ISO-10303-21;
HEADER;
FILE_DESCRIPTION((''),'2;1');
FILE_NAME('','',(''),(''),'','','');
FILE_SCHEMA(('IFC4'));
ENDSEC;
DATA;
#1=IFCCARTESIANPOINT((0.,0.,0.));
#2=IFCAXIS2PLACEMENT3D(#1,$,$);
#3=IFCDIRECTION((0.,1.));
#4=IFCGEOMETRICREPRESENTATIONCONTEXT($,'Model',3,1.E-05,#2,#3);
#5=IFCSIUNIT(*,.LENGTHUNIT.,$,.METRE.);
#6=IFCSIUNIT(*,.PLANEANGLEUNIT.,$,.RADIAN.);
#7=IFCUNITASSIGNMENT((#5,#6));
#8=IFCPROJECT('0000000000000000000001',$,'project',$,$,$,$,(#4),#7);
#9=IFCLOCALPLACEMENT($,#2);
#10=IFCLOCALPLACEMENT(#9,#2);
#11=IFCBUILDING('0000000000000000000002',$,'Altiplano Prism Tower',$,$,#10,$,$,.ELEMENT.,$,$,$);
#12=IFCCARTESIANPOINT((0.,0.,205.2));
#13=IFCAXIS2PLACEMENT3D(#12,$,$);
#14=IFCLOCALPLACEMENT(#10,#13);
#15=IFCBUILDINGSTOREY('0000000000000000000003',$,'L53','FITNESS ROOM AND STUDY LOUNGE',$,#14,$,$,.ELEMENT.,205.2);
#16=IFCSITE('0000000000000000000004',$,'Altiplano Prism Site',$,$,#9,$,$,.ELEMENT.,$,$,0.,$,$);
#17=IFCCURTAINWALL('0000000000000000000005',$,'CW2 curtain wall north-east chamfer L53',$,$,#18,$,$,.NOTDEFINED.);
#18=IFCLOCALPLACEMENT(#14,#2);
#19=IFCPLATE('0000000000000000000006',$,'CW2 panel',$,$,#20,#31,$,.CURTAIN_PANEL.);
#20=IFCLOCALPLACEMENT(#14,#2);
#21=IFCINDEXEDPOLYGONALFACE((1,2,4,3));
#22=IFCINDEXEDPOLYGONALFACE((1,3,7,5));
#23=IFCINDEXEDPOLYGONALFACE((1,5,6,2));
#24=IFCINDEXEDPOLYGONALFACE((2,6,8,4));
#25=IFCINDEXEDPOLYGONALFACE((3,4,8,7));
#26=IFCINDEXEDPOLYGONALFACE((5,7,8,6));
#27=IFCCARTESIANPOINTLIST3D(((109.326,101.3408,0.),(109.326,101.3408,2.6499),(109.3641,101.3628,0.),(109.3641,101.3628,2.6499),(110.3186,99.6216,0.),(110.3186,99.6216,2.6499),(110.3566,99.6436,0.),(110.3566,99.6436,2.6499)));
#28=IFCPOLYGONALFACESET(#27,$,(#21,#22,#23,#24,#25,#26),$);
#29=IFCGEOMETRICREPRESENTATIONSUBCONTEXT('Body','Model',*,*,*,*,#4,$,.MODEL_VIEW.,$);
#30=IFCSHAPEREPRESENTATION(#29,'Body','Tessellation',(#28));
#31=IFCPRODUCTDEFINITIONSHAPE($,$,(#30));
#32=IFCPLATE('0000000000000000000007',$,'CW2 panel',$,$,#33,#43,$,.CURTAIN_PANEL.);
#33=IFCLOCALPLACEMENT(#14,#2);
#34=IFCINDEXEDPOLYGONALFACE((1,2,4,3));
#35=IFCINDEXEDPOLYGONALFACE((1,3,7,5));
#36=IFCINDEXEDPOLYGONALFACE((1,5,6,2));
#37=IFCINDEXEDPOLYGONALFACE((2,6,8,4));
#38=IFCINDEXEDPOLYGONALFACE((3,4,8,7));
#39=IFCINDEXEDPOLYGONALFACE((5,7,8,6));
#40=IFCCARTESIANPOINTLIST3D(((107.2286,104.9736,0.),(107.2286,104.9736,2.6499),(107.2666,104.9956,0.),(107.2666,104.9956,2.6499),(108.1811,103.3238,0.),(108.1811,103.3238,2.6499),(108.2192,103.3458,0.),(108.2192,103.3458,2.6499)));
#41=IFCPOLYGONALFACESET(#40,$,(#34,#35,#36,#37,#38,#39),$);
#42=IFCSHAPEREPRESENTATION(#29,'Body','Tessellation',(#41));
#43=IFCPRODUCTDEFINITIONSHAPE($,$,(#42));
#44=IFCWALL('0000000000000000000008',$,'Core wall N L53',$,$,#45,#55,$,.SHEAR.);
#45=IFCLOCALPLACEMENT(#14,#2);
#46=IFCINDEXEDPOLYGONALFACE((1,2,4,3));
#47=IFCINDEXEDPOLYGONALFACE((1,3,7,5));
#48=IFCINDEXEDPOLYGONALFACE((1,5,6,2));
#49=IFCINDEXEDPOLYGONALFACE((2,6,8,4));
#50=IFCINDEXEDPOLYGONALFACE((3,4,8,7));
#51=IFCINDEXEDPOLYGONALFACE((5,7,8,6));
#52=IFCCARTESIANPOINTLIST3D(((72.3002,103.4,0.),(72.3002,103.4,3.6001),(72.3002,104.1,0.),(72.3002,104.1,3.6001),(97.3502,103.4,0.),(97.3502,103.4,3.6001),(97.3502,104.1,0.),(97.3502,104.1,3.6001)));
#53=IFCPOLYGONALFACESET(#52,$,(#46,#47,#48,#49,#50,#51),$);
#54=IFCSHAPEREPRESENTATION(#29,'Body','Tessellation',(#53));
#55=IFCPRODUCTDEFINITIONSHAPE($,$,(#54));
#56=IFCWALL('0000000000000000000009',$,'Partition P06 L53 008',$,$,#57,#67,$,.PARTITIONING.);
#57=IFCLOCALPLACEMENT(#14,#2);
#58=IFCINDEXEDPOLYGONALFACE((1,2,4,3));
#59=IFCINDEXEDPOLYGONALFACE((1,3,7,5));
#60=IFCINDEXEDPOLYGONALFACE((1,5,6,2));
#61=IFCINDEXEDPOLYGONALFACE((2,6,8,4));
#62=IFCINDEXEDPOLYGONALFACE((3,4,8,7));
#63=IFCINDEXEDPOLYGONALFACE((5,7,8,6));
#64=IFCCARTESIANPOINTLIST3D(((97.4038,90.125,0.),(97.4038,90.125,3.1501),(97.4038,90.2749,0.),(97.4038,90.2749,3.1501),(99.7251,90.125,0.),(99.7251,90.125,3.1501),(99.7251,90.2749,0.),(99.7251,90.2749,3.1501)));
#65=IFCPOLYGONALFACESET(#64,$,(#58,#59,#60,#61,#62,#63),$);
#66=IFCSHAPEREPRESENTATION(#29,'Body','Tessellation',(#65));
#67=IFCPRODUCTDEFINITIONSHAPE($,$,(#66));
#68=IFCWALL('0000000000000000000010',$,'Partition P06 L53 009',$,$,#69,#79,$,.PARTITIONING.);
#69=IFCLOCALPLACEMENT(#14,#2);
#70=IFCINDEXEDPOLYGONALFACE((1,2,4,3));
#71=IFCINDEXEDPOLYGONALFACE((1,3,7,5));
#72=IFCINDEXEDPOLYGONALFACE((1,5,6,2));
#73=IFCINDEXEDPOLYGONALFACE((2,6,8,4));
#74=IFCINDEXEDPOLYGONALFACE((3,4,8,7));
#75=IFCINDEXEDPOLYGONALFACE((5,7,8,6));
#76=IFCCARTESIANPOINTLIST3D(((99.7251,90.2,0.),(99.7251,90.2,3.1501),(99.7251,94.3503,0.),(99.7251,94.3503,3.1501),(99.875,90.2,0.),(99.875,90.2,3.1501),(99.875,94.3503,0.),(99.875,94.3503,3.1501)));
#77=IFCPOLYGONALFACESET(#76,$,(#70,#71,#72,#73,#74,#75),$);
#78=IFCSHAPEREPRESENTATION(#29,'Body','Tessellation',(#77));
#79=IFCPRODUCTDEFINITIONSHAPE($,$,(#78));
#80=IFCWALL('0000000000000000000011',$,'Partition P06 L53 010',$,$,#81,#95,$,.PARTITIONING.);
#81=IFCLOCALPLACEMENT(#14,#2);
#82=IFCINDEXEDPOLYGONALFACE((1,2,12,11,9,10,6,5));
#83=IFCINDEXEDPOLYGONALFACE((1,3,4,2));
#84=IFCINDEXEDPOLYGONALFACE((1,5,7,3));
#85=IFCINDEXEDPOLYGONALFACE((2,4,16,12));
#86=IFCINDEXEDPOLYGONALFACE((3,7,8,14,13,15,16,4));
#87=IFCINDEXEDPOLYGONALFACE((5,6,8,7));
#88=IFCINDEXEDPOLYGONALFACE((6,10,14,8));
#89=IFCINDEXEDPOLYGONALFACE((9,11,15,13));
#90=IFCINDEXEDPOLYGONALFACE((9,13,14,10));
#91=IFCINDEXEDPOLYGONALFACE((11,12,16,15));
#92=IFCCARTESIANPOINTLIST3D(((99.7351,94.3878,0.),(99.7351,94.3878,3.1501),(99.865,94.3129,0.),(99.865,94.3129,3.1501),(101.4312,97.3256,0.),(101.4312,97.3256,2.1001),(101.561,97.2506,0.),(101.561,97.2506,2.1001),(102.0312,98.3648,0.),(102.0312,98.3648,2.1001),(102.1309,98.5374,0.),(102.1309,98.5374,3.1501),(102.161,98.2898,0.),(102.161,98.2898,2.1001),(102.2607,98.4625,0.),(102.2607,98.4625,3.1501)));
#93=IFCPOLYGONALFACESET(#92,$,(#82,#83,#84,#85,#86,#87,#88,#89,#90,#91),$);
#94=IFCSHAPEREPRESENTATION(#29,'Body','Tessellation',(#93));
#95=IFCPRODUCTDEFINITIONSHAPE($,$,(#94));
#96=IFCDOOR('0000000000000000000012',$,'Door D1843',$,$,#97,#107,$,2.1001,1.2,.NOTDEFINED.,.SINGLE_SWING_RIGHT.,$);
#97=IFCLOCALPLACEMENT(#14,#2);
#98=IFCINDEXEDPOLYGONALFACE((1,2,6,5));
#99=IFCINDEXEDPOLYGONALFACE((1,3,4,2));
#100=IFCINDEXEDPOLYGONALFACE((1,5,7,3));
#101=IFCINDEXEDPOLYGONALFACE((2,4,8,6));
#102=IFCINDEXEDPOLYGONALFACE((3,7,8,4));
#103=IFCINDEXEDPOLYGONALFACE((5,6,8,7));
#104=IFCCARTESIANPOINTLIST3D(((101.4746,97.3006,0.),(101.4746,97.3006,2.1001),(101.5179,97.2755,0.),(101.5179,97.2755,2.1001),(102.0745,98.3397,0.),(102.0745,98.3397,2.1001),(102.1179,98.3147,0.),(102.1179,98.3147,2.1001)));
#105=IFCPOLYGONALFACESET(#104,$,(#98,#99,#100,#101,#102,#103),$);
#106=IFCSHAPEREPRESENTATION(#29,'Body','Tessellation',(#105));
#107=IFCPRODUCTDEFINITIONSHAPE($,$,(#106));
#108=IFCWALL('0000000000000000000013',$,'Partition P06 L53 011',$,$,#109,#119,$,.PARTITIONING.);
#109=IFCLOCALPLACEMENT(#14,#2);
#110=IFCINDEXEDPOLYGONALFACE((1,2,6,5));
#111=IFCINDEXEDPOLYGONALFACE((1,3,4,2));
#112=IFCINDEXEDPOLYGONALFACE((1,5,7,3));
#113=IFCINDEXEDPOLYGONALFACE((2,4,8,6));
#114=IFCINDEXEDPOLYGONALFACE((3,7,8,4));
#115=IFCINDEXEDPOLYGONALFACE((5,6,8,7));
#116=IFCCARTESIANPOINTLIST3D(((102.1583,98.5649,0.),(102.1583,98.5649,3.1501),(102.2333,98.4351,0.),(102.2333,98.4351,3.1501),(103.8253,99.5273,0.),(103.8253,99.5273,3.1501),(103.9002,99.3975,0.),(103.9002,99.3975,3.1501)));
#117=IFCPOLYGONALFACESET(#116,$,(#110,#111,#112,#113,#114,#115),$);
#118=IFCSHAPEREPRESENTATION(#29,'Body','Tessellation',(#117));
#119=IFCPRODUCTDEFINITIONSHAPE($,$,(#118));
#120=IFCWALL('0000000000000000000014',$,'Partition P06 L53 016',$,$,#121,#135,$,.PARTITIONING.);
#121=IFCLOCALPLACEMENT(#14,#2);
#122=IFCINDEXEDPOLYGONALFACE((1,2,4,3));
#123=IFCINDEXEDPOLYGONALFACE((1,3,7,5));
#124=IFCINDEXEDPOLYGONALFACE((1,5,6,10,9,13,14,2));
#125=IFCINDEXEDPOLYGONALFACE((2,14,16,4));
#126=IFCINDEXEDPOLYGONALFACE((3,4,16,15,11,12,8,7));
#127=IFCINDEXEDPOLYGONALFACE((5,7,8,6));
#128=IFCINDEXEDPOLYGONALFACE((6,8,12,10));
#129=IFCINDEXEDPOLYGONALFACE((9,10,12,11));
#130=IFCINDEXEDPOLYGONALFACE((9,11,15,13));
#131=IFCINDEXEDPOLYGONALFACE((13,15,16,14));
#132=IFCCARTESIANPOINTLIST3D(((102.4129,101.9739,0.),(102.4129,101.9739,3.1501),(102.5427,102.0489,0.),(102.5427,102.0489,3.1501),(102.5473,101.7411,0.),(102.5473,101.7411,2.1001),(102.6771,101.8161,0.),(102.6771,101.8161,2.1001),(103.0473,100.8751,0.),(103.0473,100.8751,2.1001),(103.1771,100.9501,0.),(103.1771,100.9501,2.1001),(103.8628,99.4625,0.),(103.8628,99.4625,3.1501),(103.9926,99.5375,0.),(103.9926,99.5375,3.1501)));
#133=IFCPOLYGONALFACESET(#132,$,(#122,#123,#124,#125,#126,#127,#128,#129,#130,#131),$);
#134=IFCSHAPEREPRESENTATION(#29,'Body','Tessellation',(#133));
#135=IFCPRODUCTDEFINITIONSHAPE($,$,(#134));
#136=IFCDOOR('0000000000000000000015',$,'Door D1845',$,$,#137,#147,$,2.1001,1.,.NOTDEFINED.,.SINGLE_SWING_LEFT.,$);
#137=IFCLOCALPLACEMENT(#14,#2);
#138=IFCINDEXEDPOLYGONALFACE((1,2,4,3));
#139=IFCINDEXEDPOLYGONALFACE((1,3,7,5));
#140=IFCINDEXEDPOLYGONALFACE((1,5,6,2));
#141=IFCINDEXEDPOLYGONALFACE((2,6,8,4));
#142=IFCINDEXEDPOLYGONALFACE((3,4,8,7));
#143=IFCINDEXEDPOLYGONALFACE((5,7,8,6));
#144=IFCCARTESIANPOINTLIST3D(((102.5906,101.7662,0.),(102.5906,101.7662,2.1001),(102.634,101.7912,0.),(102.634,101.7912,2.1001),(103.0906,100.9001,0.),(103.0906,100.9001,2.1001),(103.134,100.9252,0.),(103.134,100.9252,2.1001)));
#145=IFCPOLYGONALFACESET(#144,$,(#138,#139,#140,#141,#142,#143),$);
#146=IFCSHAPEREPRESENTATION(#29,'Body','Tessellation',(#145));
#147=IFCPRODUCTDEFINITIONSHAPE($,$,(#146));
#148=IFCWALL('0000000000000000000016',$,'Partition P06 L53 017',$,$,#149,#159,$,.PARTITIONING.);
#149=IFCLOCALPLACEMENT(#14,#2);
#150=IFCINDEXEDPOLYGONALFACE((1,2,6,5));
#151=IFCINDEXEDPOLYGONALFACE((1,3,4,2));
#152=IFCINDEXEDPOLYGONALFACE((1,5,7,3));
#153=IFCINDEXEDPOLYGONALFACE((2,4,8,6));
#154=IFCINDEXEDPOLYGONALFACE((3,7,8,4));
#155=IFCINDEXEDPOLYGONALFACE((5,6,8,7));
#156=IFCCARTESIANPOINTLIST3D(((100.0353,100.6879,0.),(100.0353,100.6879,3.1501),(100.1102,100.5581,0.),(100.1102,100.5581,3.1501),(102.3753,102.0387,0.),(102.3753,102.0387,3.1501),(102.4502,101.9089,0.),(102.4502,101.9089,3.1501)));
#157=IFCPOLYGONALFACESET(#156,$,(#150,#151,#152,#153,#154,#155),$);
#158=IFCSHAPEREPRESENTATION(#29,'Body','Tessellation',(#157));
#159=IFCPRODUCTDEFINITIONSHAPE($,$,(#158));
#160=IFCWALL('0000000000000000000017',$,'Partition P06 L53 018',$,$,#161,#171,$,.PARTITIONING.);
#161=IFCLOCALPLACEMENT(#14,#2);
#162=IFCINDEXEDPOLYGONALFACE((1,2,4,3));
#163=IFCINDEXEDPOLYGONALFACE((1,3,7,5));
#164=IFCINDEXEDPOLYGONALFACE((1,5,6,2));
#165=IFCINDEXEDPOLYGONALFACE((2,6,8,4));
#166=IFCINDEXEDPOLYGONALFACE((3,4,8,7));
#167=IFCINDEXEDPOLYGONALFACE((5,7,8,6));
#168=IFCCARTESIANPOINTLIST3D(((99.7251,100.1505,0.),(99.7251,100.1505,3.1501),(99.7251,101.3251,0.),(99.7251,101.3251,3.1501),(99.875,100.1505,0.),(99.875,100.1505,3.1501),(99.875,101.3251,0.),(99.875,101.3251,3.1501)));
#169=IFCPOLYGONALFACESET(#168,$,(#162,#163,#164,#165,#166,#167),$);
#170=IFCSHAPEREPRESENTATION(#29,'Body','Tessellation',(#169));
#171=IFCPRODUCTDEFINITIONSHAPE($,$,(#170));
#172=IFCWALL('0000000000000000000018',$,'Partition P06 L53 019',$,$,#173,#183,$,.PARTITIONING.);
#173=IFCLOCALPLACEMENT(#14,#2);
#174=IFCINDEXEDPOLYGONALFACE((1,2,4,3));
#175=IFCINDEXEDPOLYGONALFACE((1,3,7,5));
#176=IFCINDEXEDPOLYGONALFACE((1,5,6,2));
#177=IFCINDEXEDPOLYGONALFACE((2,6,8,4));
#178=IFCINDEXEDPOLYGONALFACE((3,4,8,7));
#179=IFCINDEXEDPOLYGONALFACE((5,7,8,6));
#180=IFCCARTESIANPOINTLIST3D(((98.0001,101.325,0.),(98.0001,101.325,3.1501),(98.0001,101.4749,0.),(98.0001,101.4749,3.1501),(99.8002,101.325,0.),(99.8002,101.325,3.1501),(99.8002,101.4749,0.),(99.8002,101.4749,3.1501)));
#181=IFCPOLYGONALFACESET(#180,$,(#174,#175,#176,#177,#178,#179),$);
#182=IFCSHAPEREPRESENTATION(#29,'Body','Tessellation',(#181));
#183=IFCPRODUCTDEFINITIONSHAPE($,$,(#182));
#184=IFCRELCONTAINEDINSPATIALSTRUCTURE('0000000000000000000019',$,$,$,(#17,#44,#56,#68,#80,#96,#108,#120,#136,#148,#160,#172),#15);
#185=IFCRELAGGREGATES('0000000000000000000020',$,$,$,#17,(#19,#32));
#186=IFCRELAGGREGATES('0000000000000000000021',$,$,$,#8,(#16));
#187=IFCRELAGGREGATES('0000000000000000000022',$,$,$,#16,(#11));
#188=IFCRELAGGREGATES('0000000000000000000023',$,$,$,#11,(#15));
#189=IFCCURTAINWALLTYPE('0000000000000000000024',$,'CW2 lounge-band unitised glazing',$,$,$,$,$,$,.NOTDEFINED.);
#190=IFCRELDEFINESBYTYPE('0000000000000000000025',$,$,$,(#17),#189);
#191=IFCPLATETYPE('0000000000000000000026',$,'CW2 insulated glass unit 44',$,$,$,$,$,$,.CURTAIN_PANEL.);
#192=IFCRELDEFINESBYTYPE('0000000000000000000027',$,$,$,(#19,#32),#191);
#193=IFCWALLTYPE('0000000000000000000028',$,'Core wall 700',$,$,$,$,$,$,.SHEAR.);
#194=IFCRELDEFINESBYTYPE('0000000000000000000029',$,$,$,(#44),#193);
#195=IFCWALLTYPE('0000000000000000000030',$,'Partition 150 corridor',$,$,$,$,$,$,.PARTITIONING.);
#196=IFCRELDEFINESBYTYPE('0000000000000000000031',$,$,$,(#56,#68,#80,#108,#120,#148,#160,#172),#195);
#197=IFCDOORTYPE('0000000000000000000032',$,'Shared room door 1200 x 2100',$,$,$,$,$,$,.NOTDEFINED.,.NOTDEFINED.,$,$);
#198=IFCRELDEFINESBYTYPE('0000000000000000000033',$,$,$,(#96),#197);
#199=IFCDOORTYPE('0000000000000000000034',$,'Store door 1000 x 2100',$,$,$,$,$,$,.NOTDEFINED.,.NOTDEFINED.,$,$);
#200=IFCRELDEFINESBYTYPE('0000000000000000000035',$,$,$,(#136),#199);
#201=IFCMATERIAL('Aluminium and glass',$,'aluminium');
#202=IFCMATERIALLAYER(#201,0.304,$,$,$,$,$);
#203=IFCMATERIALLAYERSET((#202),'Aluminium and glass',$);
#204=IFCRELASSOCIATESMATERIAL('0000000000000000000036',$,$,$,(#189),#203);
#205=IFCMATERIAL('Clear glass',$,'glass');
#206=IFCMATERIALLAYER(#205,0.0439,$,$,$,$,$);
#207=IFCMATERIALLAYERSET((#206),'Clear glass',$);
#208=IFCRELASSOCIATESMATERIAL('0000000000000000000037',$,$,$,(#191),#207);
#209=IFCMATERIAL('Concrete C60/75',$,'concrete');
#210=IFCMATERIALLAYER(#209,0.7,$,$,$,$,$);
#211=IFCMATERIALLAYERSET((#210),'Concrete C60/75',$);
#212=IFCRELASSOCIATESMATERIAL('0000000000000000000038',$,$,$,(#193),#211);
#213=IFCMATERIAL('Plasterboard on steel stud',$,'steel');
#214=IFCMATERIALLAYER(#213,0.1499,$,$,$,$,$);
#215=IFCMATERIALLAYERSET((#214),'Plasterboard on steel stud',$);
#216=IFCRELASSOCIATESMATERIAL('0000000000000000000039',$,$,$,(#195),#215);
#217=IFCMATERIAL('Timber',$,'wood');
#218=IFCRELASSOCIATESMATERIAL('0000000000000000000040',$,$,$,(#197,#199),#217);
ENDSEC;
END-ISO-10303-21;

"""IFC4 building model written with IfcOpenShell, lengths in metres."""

from ifc_helpers import new_model, si_unit, direction, frame, frame_2d, origin, origin_2d, place, context, subcontext, project, spatial, rectangle, extrude, material, layer, layer_set, type_object, element, fill, aggregate, save


model = new_model("IFC4")

# Units and contexts
model_context = context("Model", 3, precision=1e-05, world=origin(), true_north=direction((0.0, 1.0)))
body_context = subcontext(model_context, "Body", "Model", "MODEL_VIEW")
ifc_project = project(units=[si_unit("LENGTHUNIT", "METRE"), si_unit("PLANEANGLEUNIT", "RADIAN")], contexts=[model_context])

# Site, building, storey
site_placement = place(None, origin())
site = spatial("IfcSite", under=ifc_project, at=site_placement, Name="Altiplano Prism Site", CompositionType="ELEMENT", RefElevation=0.0)
building_placement = place(site_placement, origin())
building = spatial("IfcBuilding", under=site, at=building_placement, Name="Altiplano Prism Tower", CompositionType="ELEMENT")
storey_placement = place(building_placement, frame((0.0, 0.0, 205.2)))
storey = spatial("IfcBuildingStorey", under=building, at=storey_placement, Name="L53", Description="FITNESS ROOM AND STUDY LOUNGE", CompositionType="ELEMENT", Elevation=205.2)

# Shared definitions
ifc_material_1 = material(Name="Concrete C60/75", Category="concrete")

# Curtain wall
ifc_material_2 = material(Name="Aluminium and glass", Category="aluminium")
ifc_layer_1 = layer(ifc_material_2, 0.304)
ifc_layer_set_1 = layer_set([ifc_layer_1], Name="Aluminium and glass")
curtain_wall_type = type_object("IfcCurtainWallType", Name="CW2 lounge-band unitised glazing", PredefinedType="NOTDEFINED", material=ifc_layer_set_1)
curtain_wall_1_placement = place(storey_placement, origin())
curtain_wall_1 = element("IfcCurtainWall", 1, at=curtain_wall_1_placement, inside=storey, type_object=curtain_wall_type, Name="CW2 curtain wall north-east chamfer L53", PredefinedType="NOTDEFINED")

# Plates
ifc_material_3 = material(Name="Clear glass", Category="glass")
ifc_layer_2 = layer(ifc_material_3, 0.0439)
ifc_layer_set_2 = layer_set([ifc_layer_2], Name="Clear glass")
plate_type = type_object("IfcPlateType", Name="CW2 insulated glass unit 44", PredefinedType="CURTAIN_PANEL", material=ifc_layer_set_2)
plate_1_placement = place(storey_placement, frame((109.8413, 100.4922, 0.0), z_axis=(0.0, 0.0, 1.0), x_axis=(-0.5, 0.866025, 0.0)))
plate_1 = element("IfcPlate", 2, at=plate_1_placement, type_object=plate_type, Name="CW2 panel", PredefinedType="CURTAIN_PANEL", context=body_context, shape_type="SweptSolid", body=[
    extrude(rectangle(XDim=1.9851, YDim=0.0439, at=origin_2d()), origin(), (0.0, 0.0, 1.0), 2.6499),
])
plate_2_placement = place(storey_placement, frame((107.7239, 104.1597, 0.0), z_axis=(0.0, 0.0, 1.0), x_axis=(-0.5, 0.866025, 0.0)))
plate_2 = element("IfcPlate", 3, at=plate_2_placement, type_object=plate_type, Name="CW2 panel", PredefinedType="CURTAIN_PANEL", context=body_context, shape_type="SweptSolid", body=[
    extrude(rectangle(XDim=1.905, YDim=0.0439, at=origin_2d()), origin(), (0.0, 0.0, 1.0), 2.6499),
])
aggregate(curtain_wall_1, [plate_1, plate_2])

# Walls
ifc_layer_3 = layer(ifc_material_1, 0.7)
ifc_layer_set_3 = layer_set([ifc_layer_3], Name="Concrete C60/75")
wall_type_1 = type_object("IfcWallType", Name="Core wall 700", PredefinedType="SHEAR", material=ifc_layer_set_3)
wall_1_placement = place(storey_placement, frame((97.3501, 103.75, 0.0), z_axis=(0.0, 0.0, 1.0), x_axis=(-1.0, 0.0, 0.0)))
element("IfcWall", 4, at=wall_1_placement, inside=storey, type_object=wall_type_1, Name="Core wall N L53", PredefinedType="SHEAR", context=body_context, shape_type="SweptSolid", body=[
    extrude(rectangle(XDim=25.05, YDim=0.7, at=frame_2d((12.5249, 0.0))), origin(), (0.0, 0.0, 1.0), 3.6001),
])
ifc_material_4 = material(Name="Plasterboard on steel stud", Category="steel")
ifc_layer_4 = layer(ifc_material_4, 0.1499)
ifc_layer_set_4 = layer_set([ifc_layer_4], Name="Plasterboard on steel stud")
wall_type_2 = type_object("IfcWallType", Name="Partition 150 corridor", PredefinedType="PARTITIONING", material=ifc_layer_set_4)
wall_2_placement = place(storey_placement, frame((97.4038, 90.2, 0.0), z_axis=(0.0, 0.0, 1.0), x_axis=(1.0, 0.0, 0.0)))
element("IfcWall", 5, at=wall_2_placement, inside=storey, type_object=wall_type_2, Name="Partition P06 L53 008", PredefinedType="PARTITIONING", context=body_context, shape_type="SweptSolid", body=[
    extrude(rectangle(XDim=2.3213, YDim=0.1499, at=frame_2d((1.1606, 0.0))), origin(), (0.0, 0.0, 1.0), 3.1501),
])
wall_3_placement = place(storey_placement, frame((99.8, 90.2, 0.0), z_axis=(0.0, 0.0, 1.0), x_axis=(0.0, 1.0, 0.0)))
element("IfcWall", 6, at=wall_3_placement, inside=storey, type_object=wall_type_2, Name="Partition P06 L53 009", PredefinedType="PARTITIONING", context=body_context, shape_type="SweptSolid", body=[
    extrude(rectangle(XDim=4.1504, YDim=0.1499, at=frame_2d((2.0752, 0.0))), origin(), (0.0, 0.0, 1.0), 3.1501),
])

# Wall, opening, door
wall_4_placement = place(storey_placement, frame((99.8, 94.3503, 0.0), z_axis=(0.0, 0.0, 1.0), x_axis=(0.499991, 0.86603, 0.0)))
wall_4 = element("IfcWall", 7, at=wall_4_placement, inside=storey, type_object=wall_type_2, Name="Partition P06 L53 010", PredefinedType="PARTITIONING", context=body_context, shape_type="SweptSolid", body=[
    extrude(rectangle(XDim=4.7915, YDim=0.1499, at=frame_2d((2.3958, 0.0))), origin(), (0.0, 0.0, 1.0), 3.1501),
])
opening_1_placement = place(wall_4_placement, frame((3.3921, 0.0, 0.0)))
opening_1 = element("IfcOpeningElement", 8, at=opening_1_placement, cuts=wall_4, PredefinedType="OPENING", context=body_context, shape_type="SweptSolid", body=[
    extrude(rectangle(XDim=1.2, YDim=2.1001, at=frame_2d((0.6001, 1.05))), frame((0.0, 0.0854, 0.0), z_axis=(0.0, -1.0, 0.0), x_axis=(1.0, 0.0, 0.0)), (0.0, 0.0, 1.0), 0.1709),
])
ifc_material_5 = material(Name="Timber", Category="wood")
door_type_1 = type_object("IfcDoorType", Name="Shared room door 1200 x 2100", OperationType="NOTDEFINED", PredefinedType="NOTDEFINED", material=ifc_material_5)
door_1_placement = place(opening_1_placement, origin())
door_1 = element("IfcDoor", 9, at=door_1_placement, inside=storey, type_object=door_type_1, Name="Door D1843", OperationType="SINGLE_SWING_RIGHT", OverallHeight=2.1001, OverallWidth=1.2, PredefinedType="NOTDEFINED", context=body_context, shape_type="SweptSolid", body=[
    extrude(rectangle(XDim=1.2, YDim=2.1001, at=frame_2d((0.6001, 1.05))), frame((0.0, 0.0249, 0.0), z_axis=(0.0, -1.0, 0.0), x_axis=(1.0, 0.0, 0.0)), (0.0, 0.0, 1.0), 0.05),
])
fill(opening_1, door_1)

# Wall
wall_5_placement = place(storey_placement, frame((102.1958, 98.5, 0.0), z_axis=(0.0, 0.0, 1.0), x_axis=(0.866034, 0.499986, 0.0)))
element("IfcWall", 10, at=wall_5_placement, inside=storey, type_object=wall_type_2, Name="Partition P06 L53 011", PredefinedType="PARTITIONING", context=body_context, shape_type="SweptSolid", body=[
    extrude(rectangle(XDim=1.9248, YDim=0.1499, at=frame_2d((0.9624, 0.0))), origin(), (0.0, 0.0, 1.0), 3.1501),
])

# Wall, opening, door
wall_6_placement = place(storey_placement, frame((103.9277, 99.5, 0.0), z_axis=(0.0, 0.0, 1.0), x_axis=(-0.499987, 0.866033, 0.0)))
wall_6 = element("IfcWall", 11, at=wall_6_placement, inside=storey, type_object=wall_type_2, Name="Partition P06 L53 016", PredefinedType="PARTITIONING", context=body_context, shape_type="SweptSolid", body=[
    extrude(rectangle(XDim=2.8999, YDim=0.1499, at=frame_2d((1.45, 0.0))), origin(), (0.0, 0.0, 1.0), 3.1501),
])
opening_2_placement = place(wall_6_placement, frame((1.6311, 0.0, 0.0)))
opening_2 = element("IfcOpeningElement", 12, at=opening_2_placement, cuts=wall_6, PredefinedType="OPENING", context=body_context, shape_type="SweptSolid", body=[
    extrude(rectangle(XDim=1.0, YDim=2.1001, at=frame_2d((0.5, 1.05))), frame((0.0, 0.0854, 0.0), z_axis=(0.0, -1.0, 0.0), x_axis=(1.0, 0.0, 0.0)), (0.0, 0.0, 1.0), 0.1709),
])
door_type_2 = type_object("IfcDoorType", Name="Store door 1000 x 2100", OperationType="NOTDEFINED", PredefinedType="NOTDEFINED", material=ifc_material_5)
door_2_placement = place(opening_2_placement, origin())
door_2 = element("IfcDoor", 13, at=door_2_placement, inside=storey, type_object=door_type_2, Name="Door D1845", OperationType="SINGLE_SWING_LEFT", OverallHeight=2.1001, OverallWidth=1.0, PredefinedType="NOTDEFINED", context=body_context, shape_type="SweptSolid", body=[
    extrude(rectangle(XDim=1.0, YDim=2.1001, at=frame_2d((0.5, 1.05))), frame((0.0, 0.0249, 0.0), z_axis=(0.0, -1.0, 0.0), x_axis=(1.0, 0.0, 0.0)), (0.0, 0.0, 1.0), 0.05),
])
fill(opening_2, door_2)

# Walls
wall_7_placement = place(storey_placement, frame((102.4128, 101.9739, 0.0), z_axis=(0.0, 0.0, 1.0), x_axis=(-0.866061, -0.499939, 0.0)))
element("IfcWall", 14, at=wall_7_placement, inside=storey, type_object=wall_type_2, Name="Partition P06 L53 017", PredefinedType="PARTITIONING", context=body_context, shape_type="SweptSolid", body=[
    extrude(rectangle(XDim=2.7019, YDim=0.1499, at=frame_2d((1.3511, 0.0))), origin(), (0.0, 0.0, 1.0), 3.1501),
])
wall_8_placement = place(storey_placement, frame((99.8, 100.1504, 0.0), z_axis=(0.0, 0.0, 1.0), x_axis=(0.0, 1.0, 0.0)))
element("IfcWall", 15, at=wall_8_placement, inside=storey, type_object=wall_type_2, Name="Partition P06 L53 018", PredefinedType="PARTITIONING", context=body_context, shape_type="SweptSolid", body=[
    extrude(rectangle(XDim=1.1746, YDim=0.1499, at=frame_2d((0.5874, 0.0))), origin(), (0.0, 0.0, 1.0), 3.1501),
])
wall_9_placement = place(storey_placement, frame((99.8, 101.3999, 0.0), z_axis=(0.0, 0.0, 1.0), x_axis=(-1.0, 0.0, 0.0)))
element("IfcWall", 16, at=wall_9_placement, inside=storey, type_object=wall_type_2, Name="Partition P06 L53 019", PredefinedType="PARTITIONING", context=body_context, shape_type="SweptSolid", body=[
    extrude(rectangle(XDim=1.8, YDim=0.1499, at=frame_2d((0.8999, 0.0))), origin(), (0.0, 0.0, 1.0), 3.1501),
])

save(model, "model.ifc")
